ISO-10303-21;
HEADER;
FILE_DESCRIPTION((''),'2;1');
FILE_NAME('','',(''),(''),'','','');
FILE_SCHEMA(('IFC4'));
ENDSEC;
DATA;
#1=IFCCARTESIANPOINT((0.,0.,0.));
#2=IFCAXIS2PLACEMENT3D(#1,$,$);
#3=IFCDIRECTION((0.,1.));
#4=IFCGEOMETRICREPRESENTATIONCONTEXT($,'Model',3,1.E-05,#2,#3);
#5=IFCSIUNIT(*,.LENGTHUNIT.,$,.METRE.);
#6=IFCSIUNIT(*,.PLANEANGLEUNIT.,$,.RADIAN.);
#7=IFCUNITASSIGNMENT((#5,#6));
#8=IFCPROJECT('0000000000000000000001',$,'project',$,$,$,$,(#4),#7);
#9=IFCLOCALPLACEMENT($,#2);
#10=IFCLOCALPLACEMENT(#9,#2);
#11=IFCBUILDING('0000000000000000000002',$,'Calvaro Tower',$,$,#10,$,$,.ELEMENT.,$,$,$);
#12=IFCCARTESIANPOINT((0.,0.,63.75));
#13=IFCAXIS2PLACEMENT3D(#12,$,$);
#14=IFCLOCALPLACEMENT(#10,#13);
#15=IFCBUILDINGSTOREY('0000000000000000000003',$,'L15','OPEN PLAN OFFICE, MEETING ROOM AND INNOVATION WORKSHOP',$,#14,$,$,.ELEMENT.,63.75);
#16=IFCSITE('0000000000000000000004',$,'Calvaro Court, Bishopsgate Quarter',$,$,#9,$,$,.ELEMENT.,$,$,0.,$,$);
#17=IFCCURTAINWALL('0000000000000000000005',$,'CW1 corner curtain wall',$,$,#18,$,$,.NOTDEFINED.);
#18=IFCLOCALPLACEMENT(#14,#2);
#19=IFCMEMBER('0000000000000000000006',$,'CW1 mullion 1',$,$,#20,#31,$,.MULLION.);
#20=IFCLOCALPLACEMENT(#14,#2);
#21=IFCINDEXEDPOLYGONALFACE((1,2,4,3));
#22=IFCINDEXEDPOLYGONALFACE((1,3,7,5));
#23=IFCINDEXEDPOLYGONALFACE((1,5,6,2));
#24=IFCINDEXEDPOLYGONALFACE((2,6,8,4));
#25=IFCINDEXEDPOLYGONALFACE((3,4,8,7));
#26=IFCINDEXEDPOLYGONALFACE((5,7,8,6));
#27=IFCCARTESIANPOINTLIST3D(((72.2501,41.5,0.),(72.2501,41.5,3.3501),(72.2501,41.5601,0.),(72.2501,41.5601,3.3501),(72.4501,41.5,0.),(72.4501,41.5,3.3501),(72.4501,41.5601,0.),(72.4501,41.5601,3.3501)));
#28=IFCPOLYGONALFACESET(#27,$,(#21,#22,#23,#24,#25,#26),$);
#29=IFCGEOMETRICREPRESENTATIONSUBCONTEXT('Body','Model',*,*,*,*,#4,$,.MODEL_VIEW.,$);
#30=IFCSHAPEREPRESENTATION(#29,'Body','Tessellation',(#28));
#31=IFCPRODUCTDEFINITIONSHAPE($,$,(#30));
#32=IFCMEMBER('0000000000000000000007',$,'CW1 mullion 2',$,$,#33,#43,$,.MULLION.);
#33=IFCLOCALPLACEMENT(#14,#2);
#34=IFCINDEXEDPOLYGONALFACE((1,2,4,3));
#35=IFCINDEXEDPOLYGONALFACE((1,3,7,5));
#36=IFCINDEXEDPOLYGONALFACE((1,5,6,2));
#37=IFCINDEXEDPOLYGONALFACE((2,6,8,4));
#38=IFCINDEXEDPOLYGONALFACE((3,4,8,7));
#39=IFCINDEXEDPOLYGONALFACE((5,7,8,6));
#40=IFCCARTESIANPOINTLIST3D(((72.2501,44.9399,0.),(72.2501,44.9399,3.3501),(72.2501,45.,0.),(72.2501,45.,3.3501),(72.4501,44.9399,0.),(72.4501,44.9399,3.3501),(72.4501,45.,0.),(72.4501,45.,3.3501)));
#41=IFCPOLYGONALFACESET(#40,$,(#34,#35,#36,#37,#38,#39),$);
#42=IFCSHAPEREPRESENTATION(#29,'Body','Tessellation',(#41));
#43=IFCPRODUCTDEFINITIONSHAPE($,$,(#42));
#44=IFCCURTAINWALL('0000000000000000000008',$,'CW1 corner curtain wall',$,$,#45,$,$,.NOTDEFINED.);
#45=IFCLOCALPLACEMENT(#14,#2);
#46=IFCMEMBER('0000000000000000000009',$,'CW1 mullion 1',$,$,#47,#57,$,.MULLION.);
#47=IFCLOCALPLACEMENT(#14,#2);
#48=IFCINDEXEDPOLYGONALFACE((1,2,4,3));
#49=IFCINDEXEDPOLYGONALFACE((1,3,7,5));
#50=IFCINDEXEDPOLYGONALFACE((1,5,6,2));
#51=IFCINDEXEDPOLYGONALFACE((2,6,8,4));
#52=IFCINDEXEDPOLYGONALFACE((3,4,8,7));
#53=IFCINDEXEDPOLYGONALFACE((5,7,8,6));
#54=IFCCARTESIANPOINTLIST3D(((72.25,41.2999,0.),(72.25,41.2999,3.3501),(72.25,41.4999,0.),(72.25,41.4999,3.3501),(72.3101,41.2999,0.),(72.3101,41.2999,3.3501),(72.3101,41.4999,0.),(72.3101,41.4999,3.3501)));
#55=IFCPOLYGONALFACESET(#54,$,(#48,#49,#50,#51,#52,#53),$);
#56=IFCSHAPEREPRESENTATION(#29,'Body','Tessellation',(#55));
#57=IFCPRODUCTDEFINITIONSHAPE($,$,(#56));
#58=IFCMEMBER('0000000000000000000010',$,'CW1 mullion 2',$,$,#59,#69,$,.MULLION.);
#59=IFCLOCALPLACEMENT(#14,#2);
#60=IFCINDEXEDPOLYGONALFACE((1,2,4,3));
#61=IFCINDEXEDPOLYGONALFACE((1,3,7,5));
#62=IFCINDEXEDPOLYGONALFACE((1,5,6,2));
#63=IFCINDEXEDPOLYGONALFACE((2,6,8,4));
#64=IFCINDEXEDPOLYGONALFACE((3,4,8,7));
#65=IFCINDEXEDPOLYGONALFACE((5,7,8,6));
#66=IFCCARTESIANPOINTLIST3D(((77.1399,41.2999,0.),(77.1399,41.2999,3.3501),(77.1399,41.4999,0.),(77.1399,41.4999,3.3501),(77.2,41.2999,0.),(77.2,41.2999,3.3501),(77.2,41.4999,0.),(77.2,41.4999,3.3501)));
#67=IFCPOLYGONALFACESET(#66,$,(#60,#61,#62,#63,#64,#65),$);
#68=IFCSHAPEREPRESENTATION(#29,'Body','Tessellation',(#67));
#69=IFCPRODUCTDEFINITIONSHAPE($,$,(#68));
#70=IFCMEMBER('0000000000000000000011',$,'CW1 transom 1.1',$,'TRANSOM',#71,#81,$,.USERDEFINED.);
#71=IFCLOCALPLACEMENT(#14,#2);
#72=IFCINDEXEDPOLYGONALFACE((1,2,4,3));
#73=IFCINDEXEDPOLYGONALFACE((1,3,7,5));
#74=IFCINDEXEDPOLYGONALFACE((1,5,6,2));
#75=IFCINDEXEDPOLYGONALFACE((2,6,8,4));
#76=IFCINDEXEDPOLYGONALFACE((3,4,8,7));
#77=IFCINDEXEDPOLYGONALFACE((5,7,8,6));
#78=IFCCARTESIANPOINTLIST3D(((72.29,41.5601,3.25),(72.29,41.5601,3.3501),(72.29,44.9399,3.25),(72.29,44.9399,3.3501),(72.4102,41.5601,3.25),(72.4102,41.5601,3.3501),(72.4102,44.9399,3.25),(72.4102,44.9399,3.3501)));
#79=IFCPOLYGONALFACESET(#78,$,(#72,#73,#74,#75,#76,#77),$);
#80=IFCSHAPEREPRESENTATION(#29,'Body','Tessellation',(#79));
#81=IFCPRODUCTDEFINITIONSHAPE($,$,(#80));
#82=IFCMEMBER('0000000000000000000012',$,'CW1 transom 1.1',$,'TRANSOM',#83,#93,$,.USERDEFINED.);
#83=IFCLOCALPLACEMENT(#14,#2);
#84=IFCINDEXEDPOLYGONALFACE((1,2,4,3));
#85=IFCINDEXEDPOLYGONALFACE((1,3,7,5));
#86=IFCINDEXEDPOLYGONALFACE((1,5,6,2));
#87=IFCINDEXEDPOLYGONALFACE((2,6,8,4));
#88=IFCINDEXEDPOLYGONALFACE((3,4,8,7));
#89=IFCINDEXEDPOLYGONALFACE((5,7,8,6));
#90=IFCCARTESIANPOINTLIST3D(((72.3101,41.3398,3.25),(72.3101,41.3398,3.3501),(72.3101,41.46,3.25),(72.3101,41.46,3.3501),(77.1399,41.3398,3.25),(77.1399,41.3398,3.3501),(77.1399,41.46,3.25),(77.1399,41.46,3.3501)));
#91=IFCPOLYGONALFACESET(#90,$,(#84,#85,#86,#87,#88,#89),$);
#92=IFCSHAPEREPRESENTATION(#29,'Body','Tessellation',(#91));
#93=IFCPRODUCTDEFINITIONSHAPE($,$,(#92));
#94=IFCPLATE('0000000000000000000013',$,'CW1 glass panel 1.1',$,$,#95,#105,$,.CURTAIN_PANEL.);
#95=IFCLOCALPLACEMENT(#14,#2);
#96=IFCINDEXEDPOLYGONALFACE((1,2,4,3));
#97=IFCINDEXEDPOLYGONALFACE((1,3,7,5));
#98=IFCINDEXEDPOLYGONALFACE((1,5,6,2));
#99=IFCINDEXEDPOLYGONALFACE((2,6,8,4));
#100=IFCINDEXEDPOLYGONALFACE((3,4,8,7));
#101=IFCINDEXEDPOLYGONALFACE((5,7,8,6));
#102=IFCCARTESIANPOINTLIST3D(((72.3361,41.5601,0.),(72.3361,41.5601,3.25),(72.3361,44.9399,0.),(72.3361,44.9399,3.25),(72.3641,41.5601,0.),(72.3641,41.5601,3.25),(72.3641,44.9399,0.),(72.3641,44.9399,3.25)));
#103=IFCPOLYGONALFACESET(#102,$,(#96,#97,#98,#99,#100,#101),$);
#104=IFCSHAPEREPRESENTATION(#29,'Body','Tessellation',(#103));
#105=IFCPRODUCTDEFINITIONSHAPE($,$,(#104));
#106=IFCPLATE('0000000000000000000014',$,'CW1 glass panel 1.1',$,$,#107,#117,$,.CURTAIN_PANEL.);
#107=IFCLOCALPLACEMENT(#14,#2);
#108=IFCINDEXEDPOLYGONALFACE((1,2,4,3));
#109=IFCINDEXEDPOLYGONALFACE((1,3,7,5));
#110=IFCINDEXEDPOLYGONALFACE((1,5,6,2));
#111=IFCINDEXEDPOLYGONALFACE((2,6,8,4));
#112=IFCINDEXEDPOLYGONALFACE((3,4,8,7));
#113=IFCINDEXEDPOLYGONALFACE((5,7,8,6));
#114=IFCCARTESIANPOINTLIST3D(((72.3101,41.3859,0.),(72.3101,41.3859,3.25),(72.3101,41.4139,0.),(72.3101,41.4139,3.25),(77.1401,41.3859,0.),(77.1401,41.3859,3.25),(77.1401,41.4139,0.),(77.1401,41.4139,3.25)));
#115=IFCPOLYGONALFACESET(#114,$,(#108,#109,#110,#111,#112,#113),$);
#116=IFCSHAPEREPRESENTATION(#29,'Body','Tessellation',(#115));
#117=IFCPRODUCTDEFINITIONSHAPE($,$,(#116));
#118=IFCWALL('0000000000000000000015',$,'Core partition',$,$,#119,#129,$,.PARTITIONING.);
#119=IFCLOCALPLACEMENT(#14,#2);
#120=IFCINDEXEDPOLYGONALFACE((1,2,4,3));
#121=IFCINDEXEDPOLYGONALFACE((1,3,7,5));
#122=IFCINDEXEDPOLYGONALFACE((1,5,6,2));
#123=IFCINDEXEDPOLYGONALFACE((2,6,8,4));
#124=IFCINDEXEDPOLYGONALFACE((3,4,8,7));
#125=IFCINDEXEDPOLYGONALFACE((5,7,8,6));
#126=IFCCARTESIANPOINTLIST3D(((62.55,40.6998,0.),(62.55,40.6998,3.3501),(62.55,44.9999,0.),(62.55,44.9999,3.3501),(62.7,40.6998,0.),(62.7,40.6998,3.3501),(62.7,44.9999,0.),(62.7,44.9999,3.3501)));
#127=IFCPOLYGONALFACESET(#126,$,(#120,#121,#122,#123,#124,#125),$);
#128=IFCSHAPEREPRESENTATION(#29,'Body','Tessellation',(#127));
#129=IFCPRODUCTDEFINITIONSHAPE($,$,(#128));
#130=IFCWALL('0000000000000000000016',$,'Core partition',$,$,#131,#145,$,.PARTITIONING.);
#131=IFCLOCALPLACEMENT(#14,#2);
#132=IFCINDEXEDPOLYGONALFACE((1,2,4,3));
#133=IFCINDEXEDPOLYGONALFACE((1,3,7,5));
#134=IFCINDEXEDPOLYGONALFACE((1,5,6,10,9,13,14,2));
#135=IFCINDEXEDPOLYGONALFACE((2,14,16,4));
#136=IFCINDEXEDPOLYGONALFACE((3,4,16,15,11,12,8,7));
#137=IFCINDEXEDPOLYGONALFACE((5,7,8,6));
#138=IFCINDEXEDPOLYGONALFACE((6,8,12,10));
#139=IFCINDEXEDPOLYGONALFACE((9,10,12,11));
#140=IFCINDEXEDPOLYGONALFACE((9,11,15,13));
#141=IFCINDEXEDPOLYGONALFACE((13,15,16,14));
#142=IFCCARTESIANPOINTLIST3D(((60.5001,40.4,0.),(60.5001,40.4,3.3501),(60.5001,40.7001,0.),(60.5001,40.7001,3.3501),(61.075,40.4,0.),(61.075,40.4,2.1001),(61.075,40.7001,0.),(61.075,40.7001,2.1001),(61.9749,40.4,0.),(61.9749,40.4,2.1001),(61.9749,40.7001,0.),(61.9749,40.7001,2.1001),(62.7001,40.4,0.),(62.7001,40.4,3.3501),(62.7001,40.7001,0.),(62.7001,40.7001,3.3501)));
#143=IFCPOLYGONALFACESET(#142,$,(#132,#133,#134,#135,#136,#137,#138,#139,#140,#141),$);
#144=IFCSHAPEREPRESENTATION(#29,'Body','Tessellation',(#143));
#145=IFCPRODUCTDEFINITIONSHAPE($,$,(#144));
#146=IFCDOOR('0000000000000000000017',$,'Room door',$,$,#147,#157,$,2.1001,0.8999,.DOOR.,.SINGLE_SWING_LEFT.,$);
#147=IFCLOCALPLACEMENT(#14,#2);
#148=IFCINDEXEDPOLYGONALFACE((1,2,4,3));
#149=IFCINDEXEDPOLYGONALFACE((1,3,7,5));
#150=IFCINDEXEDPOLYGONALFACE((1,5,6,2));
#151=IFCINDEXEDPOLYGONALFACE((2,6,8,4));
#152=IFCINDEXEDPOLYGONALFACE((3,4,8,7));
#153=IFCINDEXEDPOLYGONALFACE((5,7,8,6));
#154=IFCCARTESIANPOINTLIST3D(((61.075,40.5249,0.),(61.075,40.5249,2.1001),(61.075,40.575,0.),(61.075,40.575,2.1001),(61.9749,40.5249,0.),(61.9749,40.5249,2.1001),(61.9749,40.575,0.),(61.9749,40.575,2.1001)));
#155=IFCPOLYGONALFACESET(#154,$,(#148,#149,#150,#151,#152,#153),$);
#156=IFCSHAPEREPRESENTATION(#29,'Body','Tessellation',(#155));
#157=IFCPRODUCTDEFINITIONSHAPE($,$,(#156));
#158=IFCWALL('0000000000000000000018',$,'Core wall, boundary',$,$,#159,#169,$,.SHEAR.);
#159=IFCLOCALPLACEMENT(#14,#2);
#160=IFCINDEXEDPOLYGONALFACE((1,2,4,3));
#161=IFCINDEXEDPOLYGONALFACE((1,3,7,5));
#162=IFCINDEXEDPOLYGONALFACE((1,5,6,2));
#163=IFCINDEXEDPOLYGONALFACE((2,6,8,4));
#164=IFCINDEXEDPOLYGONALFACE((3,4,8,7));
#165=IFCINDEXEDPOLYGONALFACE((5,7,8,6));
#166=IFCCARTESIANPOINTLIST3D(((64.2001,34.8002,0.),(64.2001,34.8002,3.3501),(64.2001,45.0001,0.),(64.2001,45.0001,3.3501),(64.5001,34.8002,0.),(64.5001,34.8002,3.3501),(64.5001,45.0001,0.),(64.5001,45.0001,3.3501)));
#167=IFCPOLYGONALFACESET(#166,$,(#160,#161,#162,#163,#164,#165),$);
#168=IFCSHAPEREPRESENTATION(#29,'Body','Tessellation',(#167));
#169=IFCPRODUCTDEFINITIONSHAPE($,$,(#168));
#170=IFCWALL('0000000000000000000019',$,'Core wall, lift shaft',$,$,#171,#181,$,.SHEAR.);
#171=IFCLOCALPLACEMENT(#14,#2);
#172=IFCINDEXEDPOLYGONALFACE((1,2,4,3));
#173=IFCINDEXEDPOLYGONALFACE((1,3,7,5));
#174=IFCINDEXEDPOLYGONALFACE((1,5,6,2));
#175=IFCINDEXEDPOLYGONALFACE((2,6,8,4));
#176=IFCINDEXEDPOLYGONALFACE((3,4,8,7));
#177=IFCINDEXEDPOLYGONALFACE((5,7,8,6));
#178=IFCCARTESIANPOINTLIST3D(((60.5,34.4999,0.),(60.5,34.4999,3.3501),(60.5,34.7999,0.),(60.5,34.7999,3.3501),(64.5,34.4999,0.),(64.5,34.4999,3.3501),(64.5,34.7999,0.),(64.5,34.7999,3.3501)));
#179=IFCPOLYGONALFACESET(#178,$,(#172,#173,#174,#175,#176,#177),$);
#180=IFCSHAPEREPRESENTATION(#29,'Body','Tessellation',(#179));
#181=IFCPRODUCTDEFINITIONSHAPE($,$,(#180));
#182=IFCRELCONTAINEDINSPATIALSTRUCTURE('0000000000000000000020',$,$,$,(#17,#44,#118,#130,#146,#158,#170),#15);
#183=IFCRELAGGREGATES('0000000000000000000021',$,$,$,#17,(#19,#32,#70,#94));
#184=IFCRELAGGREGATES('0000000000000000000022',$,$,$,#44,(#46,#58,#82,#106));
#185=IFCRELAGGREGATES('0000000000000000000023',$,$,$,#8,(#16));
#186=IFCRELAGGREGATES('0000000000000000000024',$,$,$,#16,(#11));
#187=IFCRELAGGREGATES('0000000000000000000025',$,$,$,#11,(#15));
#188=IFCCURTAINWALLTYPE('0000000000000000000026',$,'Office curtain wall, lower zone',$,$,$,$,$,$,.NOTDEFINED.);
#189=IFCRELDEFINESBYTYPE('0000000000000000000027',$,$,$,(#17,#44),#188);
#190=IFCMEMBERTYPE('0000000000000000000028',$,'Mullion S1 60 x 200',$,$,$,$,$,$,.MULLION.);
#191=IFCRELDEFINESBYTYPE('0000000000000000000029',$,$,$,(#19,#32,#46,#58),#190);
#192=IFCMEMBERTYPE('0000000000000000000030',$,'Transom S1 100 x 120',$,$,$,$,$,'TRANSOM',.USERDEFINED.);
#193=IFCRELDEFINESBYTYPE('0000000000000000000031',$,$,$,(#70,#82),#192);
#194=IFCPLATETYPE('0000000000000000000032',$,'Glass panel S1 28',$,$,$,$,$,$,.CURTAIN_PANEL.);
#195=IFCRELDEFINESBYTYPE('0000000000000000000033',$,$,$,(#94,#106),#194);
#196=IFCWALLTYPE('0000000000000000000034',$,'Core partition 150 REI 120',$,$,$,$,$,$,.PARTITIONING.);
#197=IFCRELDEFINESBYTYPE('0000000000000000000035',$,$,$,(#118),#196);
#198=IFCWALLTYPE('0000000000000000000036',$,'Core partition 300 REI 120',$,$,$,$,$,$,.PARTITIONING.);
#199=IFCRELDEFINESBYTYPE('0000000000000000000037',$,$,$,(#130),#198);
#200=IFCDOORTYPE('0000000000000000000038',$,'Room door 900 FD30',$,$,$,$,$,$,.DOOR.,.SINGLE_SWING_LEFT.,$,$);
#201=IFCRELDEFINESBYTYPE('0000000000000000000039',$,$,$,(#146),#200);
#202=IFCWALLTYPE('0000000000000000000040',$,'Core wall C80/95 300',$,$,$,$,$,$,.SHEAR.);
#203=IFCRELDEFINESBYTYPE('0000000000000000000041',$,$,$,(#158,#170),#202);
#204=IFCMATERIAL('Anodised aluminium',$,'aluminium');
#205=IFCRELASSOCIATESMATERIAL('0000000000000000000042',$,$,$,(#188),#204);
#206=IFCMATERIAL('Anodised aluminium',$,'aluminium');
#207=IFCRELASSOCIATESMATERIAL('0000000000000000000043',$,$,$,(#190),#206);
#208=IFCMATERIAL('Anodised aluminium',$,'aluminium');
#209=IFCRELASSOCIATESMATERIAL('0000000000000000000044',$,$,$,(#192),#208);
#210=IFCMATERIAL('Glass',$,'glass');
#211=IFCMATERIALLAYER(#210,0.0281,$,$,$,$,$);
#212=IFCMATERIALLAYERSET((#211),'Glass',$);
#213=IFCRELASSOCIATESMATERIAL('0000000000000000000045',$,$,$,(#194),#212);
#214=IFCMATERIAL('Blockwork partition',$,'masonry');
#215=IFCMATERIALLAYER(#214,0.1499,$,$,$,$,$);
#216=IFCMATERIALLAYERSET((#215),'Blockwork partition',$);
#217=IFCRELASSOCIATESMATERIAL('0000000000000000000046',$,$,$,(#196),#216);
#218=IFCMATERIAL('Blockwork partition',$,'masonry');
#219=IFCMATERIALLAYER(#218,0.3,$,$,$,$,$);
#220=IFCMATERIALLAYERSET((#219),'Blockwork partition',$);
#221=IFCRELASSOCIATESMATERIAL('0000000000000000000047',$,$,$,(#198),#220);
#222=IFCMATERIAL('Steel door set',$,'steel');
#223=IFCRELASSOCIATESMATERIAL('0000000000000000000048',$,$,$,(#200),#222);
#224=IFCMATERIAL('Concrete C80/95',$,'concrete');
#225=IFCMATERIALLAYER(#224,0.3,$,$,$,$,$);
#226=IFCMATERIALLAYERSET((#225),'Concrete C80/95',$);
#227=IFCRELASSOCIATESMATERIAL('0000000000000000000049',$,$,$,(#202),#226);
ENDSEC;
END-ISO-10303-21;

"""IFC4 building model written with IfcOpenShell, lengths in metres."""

from ifc_helpers import new_model, si_unit, direction, frame, frame_2d, origin, origin_2d, place, context, subcontext, project, spatial, rectangle, extrude, material, layer, layer_set, material_profile, profile_set, type_object, element, fill, aggregate, save


model = new_model("IFC4")

# Units and contexts
model_context = context("Model", 3, precision=1e-05, world=origin(), true_north=direction((0.0, 1.0)))
body_context = subcontext(model_context, "Body", "Model", "MODEL_VIEW")
ifc_project = project(units=[si_unit("LENGTHUNIT", "METRE"), si_unit("PLANEANGLEUNIT", "RADIAN")], contexts=[model_context])

# Site, building, storey
site_placement = place(None, origin())
site = spatial("IfcSite", under=ifc_project, at=site_placement, Name="Calvaro Court, Bishopsgate Quarter", CompositionType="ELEMENT", RefElevation=0.0)
building_placement = place(site_placement, origin())
building = spatial("IfcBuilding", under=site, at=building_placement, Name="Calvaro Tower", CompositionType="ELEMENT")
storey_placement = place(building_placement, frame((0.0, 0.0, 63.75)))
storey = spatial("IfcBuildingStorey", under=building, at=storey_placement, Name="L15", Description="OPEN PLAN OFFICE, MEETING ROOM AND INNOVATION WORKSHOP", CompositionType="ELEMENT", Elevation=63.75)

# Curtain walls, members
ifc_material_1 = material(Name="Anodised aluminium", Category="aluminium")
curtain_wall_type = type_object("IfcCurtainWallType", Name="Office curtain wall, lower zone", PredefinedType="NOTDEFINED", material=ifc_material_1)
curtain_wall_1_placement = place(storey_placement, origin())
curtain_wall_1 = element("IfcCurtainWall", 1, at=curtain_wall_1_placement, inside=storey, type_object=curtain_wall_type, Name="CW1 corner curtain wall", PredefinedType="NOTDEFINED")
ifc_material_2 = material(Name="Anodised aluminium", Category="aluminium")
ifc_material_profile_1 = material_profile(ifc_material_2, rectangle(XDim=0.2, YDim=0.0601, at=origin_2d()), Name="Mullion S1 60 x 200")
ifc_profile_set_1 = profile_set([ifc_material_profile_1], Name="Anodised aluminium")
member_type_1 = type_object("IfcMemberType", Name="Mullion S1 60 x 200", PredefinedType="MULLION", material=ifc_profile_set_1)
member_1_placement = place(storey_placement, frame((72.3501, 41.53, 0.0), z_axis=(0.0, 0.0, 1.0), x_axis=(-1.0, 0.0, 0.0)))
member_1 = element("IfcMember", 2, at=member_1_placement, type_object=member_type_1, Name="CW1 mullion 1", PredefinedType="MULLION", context=body_context, shape_type="SweptSolid", body=[
    extrude(rectangle(XDim=0.2, YDim=0.0601, at=origin_2d()), origin(), (0.0, 0.0, 1.0), 3.3501),
])
member_2_placement = place(storey_placement, frame((72.3501, 44.97, 0.0), z_axis=(0.0, 0.0, 1.0), x_axis=(-1.0, 0.0, 0.0)))
member_2 = element("IfcMember", 3, at=member_2_placement, type_object=member_type_1, Name="CW1 mullion 2", PredefinedType="MULLION", context=body_context, shape_type="SweptSolid", body=[
    extrude(rectangle(XDim=0.2, YDim=0.0601, at=origin_2d()), origin(), (0.0, 0.0, 1.0), 3.3501),
])
curtain_wall_2_placement = place(storey_placement, origin())
curtain_wall_2 = element("IfcCurtainWall", 4, at=curtain_wall_2_placement, inside=storey, type_object=curtain_wall_type, Name="CW1 corner curtain wall", PredefinedType="NOTDEFINED")
member_3_placement = place(storey_placement, frame((72.28, 41.3999, 0.0), z_axis=(0.0, 0.0, 1.0), x_axis=(0.0, 1.0, 0.0)))
member_3 = element("IfcMember", 5, at=member_3_placement, type_object=member_type_1, Name="CW1 mullion 1", PredefinedType="MULLION", context=body_context, shape_type="SweptSolid", body=[
    extrude(rectangle(XDim=0.2, YDim=0.0601, at=origin_2d()), origin(), (0.0, 0.0, 1.0), 3.3501),
])
member_4_placement = place(storey_placement, frame((77.1699, 41.3999, 0.0), z_axis=(0.0, 0.0, 1.0), x_axis=(0.0, 1.0, 0.0)))
member_4 = element("IfcMember", 6, at=member_4_placement, type_object=member_type_1, Name="CW1 mullion 2", PredefinedType="MULLION", context=body_context, shape_type="SweptSolid", body=[
    extrude(rectangle(XDim=0.2, YDim=0.0601, at=origin_2d()), origin(), (0.0, 0.0, 1.0), 3.3501),
])

# Members
ifc_material_3 = material(Name="Anodised aluminium", Category="aluminium")
ifc_material_profile_2 = material_profile(ifc_material_3, rectangle(XDim=0.1201, YDim=0.1001, at=origin_2d()), Name="Transom S1 100 x 120")
ifc_profile_set_2 = profile_set([ifc_material_profile_2], Name="Anodised aluminium")
member_type_2 = type_object("IfcMemberType", Name="Transom S1 100 x 120", ElementType="TRANSOM", PredefinedType="USERDEFINED", material=ifc_profile_set_2)
member_5_placement = place(storey_placement, frame((72.3501, 41.5601, 3.3), z_axis=(0.0, 1.0, 0.0), x_axis=(-1.0, 0.0, 0.0)))
member_5 = element("IfcMember", 7, at=member_5_placement, type_object=member_type_2, Name="CW1 transom 1.1", ObjectType="TRANSOM", PredefinedType="USERDEFINED", context=body_context, shape_type="SweptSolid", body=[
    extrude(rectangle(XDim=0.1201, YDim=0.1001, at=origin_2d()), origin(), (0.0, 0.0, 1.0), 3.3799),
])
member_6_placement = place(storey_placement, frame((72.3101, 41.3999, 3.3), z_axis=(1.0, 0.0, 0.0), x_axis=(0.0, 1.0, 0.0)))
member_6 = element("IfcMember", 8, at=member_6_placement, type_object=member_type_2, Name="CW1 transom 1.1", ObjectType="TRANSOM", PredefinedType="USERDEFINED", context=body_context, shape_type="SweptSolid", body=[
    extrude(rectangle(XDim=0.1201, YDim=0.1001, at=origin_2d()), origin(), (0.0, 0.0, 1.0), 4.8298),
])

# Plates
ifc_material_4 = material(Name="Glass", Category="glass")
ifc_layer_1 = layer(ifc_material_4, 0.0281)
ifc_layer_set_1 = layer_set([ifc_layer_1], Name="Glass")
plate_type = type_object("IfcPlateType", Name="Glass panel S1 28", PredefinedType="CURTAIN_PANEL", material=ifc_layer_set_1)
plate_1_placement = place(storey_placement, frame((72.3501, 43.25, 0.0), z_axis=(0.0, 0.0, 1.0), x_axis=(0.0, 1.0, 0.0)))
plate_1 = element("IfcPlate", 9, at=plate_1_placement, type_object=plate_type, Name="CW1 glass panel 1.1", PredefinedType="CURTAIN_PANEL", context=body_context, shape_type="SweptSolid", body=[
    extrude(rectangle(XDim=3.3799, YDim=0.0281, at=origin_2d()), origin(), (0.0, 0.0, 1.0), 3.25),
])
aggregate(curtain_wall_1, [member_1, member_2, member_5, plate_1])
plate_2_placement = place(storey_placement, frame((74.7251, 41.3999, 0.0), z_axis=(0.0, 0.0, 1.0), x_axis=(1.0, 0.0, 0.0)))
plate_2 = element("IfcPlate", 10, at=plate_2_placement, type_object=plate_type, Name="CW1 glass panel 1.1", PredefinedType="CURTAIN_PANEL", context=body_context, shape_type="SweptSolid", body=[
    extrude(rectangle(XDim=4.8301, YDim=0.0281, at=origin_2d()), origin(), (0.0, 0.0, 1.0), 3.25),
])
aggregate(curtain_wall_2, [member_3, member_4, member_6, plate_2])

# Wall
ifc_material_5 = material(Name="Blockwork partition", Category="masonry")
ifc_layer_2 = layer(ifc_material_5, 0.1499)
ifc_layer_set_2 = layer_set([ifc_layer_2], Name="Blockwork partition")
wall_type_1 = type_object("IfcWallType", Name="Core partition 150 REI 120", PredefinedType="PARTITIONING", material=ifc_layer_set_2)
wall_1_placement = place(storey_placement, frame((62.625, 40.7, 0.0), z_axis=(0.0, 0.0, 1.0), x_axis=(0.0, 1.0, 0.0)))
element("IfcWall", 11, at=wall_1_placement, inside=storey, type_object=wall_type_1, Name="Core partition", PredefinedType="PARTITIONING", context=body_context, shape_type="SweptSolid", body=[
    extrude(rectangle(XDim=4.3, YDim=0.1499, at=frame_2d((2.1499, 0.0))), origin(), (0.0, 0.0, 1.0), 3.3501),
])

# Wall, opening, door
ifc_material_6 = material(Name="Blockwork partition", Category="masonry")
ifc_layer_3 = layer(ifc_material_6, 0.3)
ifc_layer_set_3 = layer_set([ifc_layer_3], Name="Blockwork partition")
wall_type_2 = type_object("IfcWallType", Name="Core partition 300 REI 120", PredefinedType="PARTITIONING", material=ifc_layer_set_3)
wall_2_placement = place(storey_placement, frame((60.5, 40.55, 0.0), z_axis=(0.0, 0.0, 1.0), x_axis=(1.0, 0.0, 0.0)))
wall_2 = element("IfcWall", 12, at=wall_2_placement, inside=storey, type_object=wall_type_2, Name="Core partition", PredefinedType="PARTITIONING", context=body_context, shape_type="SweptSolid", body=[
    extrude(rectangle(XDim=2.2, YDim=0.3, at=frame_2d((1.1001, 0.0))), origin(), (0.0, 0.0, 1.0), 3.3501),
])
opening_1_placement = place(wall_2_placement, frame((0.575, 0.0, 0.0)))
opening_1 = element("IfcOpeningElement", 13, at=opening_1_placement, cuts=wall_2, PredefinedType="OPENING", context=body_context, shape_type="SweptSolid", body=[
    extrude(rectangle(XDim=0.8999, YDim=2.1001, at=frame_2d((0.45, 1.05))), frame((0.0, 0.1599, 0.0), z_axis=(0.0, -1.0, 0.0), x_axis=(1.0, 0.0, 0.0)), (0.0, 0.0, 1.0), 0.3201),
])
ifc_material_7 = material(Name="Steel door set", Category="steel")
door_type_1 = type_object("IfcDoorType", Name="Room door 900 FD30", OperationType="SINGLE_SWING_LEFT", PredefinedType="DOOR", material=ifc_material_7)
door_1_placement = place(opening_1_placement, origin())
door_1 = element("IfcDoor", 14, at=door_1_placement, inside=storey, type_object=door_type_1, Name="Room door", OperationType="SINGLE_SWING_LEFT", OverallHeight=2.1001, OverallWidth=0.8999, PredefinedType="DOOR", context=body_context, shape_type="SweptSolid", body=[
    extrude(rectangle(XDim=0.8999, YDim=2.1001, at=frame_2d((0.45, 1.05))), frame((0.0, 0.0249, 0.0), z_axis=(0.0, -1.0, 0.0), x_axis=(1.0, 0.0, 0.0)), (0.0, 0.0, 1.0), 0.05),
])
fill(opening_1, door_1)

# Walls
ifc_material_8 = material(Name="Concrete C80/95", Category="concrete")
ifc_layer_4 = layer(ifc_material_8, 0.3)
ifc_layer_set_4 = layer_set([ifc_layer_4], Name="Concrete C80/95")
wall_type_3 = type_object("IfcWallType", Name="Core wall C80/95 300", PredefinedType="SHEAR", material=ifc_layer_set_4)
wall_3_placement = place(storey_placement, frame((64.3501, 34.8, 0.0), z_axis=(0.0, 0.0, 1.0), x_axis=(0.0, 1.0, 0.0)))
element("IfcWall", 15, at=wall_3_placement, inside=storey, type_object=wall_type_3, Name="Core wall, boundary", PredefinedType="SHEAR", context=body_context, shape_type="SweptSolid", body=[
    extrude(rectangle(XDim=10.2, YDim=0.3, at=frame_2d((5.1001, 0.0))), origin(), (0.0, 0.0, 1.0), 3.3501),
])
wall_4_placement = place(storey_placement, frame((60.5, 34.6499, 0.0), z_axis=(0.0, 0.0, 1.0), x_axis=(1.0, 0.0, 0.0)))
element("IfcWall", 16, at=wall_4_placement, inside=storey, type_object=wall_type_3, Name="Core wall, lift shaft", PredefinedType="SHEAR", context=body_context, shape_type="SweptSolid", body=[
    extrude(rectangle(XDim=4.0, YDim=0.3, at=frame_2d((2.0, 0.0))), origin(), (0.0, 0.0, 1.0), 3.3501),
])

save(model, "model.ifc")
